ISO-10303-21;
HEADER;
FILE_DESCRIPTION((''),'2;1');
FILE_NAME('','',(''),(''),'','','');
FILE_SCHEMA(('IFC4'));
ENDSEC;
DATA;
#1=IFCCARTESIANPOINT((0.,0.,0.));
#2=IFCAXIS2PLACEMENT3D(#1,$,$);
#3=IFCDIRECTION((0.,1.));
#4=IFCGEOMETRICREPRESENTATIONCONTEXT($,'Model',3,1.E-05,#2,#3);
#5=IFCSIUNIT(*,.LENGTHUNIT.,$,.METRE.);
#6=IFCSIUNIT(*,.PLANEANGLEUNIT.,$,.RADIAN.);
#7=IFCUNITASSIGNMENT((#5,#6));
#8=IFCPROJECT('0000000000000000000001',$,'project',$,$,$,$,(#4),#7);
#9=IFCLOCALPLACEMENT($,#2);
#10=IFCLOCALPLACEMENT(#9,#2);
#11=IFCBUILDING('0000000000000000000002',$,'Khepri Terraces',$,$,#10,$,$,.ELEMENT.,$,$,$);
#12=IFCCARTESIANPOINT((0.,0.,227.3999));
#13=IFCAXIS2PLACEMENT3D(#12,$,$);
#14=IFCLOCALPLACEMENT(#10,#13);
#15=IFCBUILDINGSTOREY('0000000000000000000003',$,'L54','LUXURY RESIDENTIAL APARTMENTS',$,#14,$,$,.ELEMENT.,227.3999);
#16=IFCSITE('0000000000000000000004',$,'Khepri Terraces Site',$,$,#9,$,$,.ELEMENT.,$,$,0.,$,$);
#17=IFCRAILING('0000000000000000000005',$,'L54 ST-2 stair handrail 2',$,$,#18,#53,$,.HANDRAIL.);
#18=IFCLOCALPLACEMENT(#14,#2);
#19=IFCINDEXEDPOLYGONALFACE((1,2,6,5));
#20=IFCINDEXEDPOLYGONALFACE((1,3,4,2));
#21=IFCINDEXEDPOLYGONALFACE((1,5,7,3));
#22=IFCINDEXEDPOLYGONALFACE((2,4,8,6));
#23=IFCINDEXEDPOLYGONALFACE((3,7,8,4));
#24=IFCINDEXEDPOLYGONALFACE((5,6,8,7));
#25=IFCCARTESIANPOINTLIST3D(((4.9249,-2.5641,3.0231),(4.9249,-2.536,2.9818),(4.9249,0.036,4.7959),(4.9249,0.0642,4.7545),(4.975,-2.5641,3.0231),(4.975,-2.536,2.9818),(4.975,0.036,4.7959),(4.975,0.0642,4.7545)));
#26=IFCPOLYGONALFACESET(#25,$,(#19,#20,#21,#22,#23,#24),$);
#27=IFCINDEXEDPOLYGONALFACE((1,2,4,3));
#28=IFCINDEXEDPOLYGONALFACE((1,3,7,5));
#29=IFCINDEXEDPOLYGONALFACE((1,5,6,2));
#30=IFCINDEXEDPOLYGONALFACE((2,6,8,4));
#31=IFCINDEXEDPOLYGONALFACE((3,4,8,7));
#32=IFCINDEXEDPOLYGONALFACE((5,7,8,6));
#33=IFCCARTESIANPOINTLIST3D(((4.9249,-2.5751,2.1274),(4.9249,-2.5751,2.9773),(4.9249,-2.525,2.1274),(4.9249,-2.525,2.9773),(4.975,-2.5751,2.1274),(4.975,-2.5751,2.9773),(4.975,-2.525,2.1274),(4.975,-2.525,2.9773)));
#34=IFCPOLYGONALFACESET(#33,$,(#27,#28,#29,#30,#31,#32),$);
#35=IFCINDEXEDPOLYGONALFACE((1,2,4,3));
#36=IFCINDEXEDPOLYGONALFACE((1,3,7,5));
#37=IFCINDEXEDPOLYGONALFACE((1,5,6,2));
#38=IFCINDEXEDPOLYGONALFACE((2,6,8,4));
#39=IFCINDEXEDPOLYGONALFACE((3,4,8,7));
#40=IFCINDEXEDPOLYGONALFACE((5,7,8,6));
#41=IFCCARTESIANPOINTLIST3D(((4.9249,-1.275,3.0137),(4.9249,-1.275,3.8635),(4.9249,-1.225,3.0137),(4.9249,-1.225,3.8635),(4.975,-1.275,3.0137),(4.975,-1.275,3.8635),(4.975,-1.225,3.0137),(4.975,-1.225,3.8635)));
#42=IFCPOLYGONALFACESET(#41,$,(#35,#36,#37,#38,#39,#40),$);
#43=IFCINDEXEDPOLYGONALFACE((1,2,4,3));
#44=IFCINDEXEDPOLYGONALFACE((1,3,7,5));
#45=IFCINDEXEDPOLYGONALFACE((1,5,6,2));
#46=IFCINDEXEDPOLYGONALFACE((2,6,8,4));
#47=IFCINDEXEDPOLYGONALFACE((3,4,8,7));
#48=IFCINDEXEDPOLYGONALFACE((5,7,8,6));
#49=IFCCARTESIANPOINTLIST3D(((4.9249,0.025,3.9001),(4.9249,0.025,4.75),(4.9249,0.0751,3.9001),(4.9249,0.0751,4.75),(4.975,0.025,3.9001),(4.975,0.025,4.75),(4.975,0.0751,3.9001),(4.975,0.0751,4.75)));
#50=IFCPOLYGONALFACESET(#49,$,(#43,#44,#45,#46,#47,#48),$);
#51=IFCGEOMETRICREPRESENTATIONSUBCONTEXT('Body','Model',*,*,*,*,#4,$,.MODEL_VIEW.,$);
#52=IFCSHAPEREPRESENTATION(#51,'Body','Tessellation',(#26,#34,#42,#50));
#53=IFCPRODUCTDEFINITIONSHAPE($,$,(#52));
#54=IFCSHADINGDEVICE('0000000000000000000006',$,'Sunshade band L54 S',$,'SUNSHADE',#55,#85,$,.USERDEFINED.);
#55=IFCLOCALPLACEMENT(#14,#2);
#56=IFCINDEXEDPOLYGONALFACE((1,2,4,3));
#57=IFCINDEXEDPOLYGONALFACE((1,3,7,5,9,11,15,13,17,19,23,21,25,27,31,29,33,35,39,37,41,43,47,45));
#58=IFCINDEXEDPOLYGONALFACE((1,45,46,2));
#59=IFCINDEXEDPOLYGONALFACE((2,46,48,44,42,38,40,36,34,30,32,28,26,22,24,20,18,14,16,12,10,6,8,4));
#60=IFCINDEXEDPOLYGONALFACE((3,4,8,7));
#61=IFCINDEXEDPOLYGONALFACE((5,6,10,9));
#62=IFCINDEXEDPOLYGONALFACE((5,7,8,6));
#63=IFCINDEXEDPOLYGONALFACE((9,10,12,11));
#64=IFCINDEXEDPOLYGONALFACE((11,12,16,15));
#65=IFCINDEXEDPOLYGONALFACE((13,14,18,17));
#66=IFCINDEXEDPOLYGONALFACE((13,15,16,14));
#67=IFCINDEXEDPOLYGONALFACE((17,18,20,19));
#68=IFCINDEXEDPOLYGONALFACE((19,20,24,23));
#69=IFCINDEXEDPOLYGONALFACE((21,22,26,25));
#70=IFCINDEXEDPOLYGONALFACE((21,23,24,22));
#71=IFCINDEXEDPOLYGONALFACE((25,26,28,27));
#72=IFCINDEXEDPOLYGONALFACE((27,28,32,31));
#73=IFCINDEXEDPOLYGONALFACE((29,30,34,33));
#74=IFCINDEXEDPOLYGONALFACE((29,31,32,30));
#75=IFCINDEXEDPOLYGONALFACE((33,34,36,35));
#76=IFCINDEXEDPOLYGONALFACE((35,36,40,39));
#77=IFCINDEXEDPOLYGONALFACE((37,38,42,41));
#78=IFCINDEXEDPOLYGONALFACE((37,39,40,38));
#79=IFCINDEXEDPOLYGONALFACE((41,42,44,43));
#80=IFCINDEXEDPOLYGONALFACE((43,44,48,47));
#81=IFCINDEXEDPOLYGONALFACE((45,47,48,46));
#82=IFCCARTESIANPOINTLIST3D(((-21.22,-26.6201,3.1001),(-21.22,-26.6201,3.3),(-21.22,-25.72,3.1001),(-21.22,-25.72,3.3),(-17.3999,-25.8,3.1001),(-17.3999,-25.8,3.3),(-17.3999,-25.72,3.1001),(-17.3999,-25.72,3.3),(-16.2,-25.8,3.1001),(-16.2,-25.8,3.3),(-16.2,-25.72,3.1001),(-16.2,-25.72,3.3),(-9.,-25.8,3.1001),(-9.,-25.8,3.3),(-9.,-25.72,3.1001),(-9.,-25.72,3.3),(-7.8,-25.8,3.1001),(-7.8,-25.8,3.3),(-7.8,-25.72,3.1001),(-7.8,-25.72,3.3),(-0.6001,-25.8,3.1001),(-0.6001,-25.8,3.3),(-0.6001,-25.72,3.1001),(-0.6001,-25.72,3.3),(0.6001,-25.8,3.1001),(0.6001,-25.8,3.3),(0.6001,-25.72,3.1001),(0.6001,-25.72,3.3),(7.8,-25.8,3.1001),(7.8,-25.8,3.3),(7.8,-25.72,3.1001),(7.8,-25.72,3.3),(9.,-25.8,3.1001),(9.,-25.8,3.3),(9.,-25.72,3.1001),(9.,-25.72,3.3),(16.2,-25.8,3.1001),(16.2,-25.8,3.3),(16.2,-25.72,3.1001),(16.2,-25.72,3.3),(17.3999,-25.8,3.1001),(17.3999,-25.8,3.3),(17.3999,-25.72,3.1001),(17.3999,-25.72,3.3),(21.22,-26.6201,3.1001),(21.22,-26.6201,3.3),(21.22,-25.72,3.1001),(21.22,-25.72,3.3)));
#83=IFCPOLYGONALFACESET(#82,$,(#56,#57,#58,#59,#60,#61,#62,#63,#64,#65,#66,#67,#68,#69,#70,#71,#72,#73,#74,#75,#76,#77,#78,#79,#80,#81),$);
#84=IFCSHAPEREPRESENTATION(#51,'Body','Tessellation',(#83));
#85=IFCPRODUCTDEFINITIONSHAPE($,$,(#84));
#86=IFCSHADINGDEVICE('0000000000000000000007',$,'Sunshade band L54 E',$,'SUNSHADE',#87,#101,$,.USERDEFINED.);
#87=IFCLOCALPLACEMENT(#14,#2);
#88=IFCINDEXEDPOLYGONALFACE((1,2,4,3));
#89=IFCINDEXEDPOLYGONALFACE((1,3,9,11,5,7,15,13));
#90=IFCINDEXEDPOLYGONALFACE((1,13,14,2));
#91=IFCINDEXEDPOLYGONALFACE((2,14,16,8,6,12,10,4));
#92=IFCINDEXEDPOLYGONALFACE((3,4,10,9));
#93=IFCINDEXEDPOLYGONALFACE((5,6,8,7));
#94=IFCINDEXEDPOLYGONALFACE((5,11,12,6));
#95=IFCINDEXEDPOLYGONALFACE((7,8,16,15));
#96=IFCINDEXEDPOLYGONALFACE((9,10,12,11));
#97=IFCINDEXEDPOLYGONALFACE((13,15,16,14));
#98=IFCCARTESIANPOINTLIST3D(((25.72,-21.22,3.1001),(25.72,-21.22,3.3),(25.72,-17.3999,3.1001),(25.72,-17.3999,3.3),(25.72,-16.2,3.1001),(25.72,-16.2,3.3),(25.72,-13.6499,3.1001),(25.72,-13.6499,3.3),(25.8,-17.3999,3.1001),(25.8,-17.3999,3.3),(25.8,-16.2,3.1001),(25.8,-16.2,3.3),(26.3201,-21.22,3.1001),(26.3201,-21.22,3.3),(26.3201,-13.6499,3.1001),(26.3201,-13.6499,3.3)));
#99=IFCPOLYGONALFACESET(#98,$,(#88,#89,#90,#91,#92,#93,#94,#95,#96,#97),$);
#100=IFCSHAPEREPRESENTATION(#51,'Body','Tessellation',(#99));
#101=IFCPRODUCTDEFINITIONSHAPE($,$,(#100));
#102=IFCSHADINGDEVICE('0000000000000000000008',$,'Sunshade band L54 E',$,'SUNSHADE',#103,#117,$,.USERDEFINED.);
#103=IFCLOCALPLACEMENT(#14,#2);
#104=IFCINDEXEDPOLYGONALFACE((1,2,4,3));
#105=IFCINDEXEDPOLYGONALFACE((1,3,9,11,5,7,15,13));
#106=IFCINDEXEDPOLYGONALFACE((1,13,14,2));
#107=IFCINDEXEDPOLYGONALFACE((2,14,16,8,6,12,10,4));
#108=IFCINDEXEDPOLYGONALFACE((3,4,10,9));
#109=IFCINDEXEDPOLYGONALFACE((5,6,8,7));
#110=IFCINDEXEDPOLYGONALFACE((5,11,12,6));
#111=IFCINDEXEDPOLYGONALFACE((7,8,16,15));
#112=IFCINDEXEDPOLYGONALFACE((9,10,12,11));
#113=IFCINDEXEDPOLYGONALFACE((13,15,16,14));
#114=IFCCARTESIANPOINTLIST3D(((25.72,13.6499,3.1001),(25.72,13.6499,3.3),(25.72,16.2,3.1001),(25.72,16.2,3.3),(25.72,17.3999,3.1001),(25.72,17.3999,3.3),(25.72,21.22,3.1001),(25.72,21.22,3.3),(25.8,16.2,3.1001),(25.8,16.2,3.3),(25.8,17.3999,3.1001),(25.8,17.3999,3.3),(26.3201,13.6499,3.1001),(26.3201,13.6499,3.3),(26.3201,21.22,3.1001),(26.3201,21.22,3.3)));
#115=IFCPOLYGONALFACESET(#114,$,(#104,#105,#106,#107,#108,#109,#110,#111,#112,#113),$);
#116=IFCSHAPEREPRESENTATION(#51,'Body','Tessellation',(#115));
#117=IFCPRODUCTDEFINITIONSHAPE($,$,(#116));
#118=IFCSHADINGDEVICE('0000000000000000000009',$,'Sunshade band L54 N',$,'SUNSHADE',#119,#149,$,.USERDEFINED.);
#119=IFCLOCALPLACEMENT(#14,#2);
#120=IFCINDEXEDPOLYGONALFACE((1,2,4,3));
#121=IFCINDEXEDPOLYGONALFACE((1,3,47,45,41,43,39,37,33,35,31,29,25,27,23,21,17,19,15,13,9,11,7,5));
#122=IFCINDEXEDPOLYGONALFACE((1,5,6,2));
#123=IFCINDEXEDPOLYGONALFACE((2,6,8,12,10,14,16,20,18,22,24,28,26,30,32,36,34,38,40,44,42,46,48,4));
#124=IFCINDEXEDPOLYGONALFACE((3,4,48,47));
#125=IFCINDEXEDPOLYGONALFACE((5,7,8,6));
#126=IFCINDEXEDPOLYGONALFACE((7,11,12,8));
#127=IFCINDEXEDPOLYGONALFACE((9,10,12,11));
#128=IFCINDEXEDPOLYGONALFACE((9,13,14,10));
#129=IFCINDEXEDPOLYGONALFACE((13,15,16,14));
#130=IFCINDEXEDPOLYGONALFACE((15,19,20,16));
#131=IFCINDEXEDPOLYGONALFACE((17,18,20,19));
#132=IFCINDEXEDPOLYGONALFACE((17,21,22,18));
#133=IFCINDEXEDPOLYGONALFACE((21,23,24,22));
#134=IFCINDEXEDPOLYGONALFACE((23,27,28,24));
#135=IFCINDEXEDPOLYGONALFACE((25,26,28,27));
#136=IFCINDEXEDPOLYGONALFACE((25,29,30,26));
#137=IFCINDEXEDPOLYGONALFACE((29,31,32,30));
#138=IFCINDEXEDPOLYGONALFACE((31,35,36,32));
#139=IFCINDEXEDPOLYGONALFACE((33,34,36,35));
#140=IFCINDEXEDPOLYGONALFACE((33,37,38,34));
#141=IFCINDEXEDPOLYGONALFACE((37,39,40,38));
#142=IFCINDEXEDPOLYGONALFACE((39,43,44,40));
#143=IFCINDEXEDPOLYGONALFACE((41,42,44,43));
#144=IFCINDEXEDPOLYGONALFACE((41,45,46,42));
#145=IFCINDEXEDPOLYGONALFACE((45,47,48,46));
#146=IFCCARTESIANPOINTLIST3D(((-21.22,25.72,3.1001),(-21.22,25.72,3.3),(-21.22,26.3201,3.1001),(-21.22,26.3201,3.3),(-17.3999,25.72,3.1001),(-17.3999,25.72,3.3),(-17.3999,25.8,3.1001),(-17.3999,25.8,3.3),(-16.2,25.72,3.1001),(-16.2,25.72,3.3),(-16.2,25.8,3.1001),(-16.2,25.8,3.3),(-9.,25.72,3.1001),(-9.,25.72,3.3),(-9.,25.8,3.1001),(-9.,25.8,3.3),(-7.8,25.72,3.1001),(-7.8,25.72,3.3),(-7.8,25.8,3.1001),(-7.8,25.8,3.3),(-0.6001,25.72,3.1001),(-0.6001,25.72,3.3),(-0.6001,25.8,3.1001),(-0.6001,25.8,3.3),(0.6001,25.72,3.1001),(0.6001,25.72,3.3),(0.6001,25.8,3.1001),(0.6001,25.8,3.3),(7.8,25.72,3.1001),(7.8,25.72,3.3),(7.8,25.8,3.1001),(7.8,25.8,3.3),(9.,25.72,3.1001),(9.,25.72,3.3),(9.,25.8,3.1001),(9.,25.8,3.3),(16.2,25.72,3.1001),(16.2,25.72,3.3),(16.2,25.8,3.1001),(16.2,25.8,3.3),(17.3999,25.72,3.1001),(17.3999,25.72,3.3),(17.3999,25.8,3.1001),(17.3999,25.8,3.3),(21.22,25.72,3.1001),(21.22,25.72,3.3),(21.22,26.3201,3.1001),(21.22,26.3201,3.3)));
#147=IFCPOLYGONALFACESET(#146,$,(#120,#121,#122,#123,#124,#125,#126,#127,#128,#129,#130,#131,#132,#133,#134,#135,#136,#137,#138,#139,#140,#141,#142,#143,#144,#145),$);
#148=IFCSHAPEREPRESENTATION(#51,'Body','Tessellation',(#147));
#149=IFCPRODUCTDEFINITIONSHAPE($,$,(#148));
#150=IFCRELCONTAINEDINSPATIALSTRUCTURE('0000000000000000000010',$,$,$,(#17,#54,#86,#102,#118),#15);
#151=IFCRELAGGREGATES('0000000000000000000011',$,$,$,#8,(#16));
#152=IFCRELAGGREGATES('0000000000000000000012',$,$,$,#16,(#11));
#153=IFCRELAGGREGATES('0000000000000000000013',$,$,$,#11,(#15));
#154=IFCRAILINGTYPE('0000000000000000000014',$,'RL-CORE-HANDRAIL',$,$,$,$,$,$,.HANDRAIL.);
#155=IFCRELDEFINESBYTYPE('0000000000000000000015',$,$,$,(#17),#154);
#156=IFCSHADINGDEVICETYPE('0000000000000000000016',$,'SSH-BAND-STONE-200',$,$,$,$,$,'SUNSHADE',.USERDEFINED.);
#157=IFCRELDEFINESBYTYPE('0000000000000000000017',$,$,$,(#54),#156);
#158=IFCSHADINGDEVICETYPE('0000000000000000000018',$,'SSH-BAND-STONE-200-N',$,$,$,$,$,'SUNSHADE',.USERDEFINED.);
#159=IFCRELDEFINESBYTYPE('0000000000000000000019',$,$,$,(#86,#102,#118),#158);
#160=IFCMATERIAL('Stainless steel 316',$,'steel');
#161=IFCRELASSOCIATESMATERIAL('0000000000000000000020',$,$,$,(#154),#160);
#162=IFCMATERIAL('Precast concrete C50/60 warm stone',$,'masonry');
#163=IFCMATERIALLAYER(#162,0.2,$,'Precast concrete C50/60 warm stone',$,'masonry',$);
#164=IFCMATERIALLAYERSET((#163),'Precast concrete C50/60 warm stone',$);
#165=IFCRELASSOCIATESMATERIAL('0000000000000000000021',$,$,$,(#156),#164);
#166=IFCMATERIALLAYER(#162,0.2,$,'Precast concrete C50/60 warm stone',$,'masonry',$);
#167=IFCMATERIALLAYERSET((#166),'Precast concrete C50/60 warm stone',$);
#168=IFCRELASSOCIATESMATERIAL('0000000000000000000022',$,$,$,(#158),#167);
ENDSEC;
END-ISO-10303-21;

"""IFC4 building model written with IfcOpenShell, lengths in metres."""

from ifc_helpers import new_model, si_unit, direction, frame, origin, origin_2d, place, context, subcontext, project, spatial, polyline, rectangle, outline, extrude, material, layer, layer_set, type_object, element, save


model = new_model("IFC4")

# Units and contexts
model_context = context("Model", 3, precision=1e-05, world=origin(), true_north=direction((0.0, 1.0)))
body_context = subcontext(model_context, "Body", "Model", "MODEL_VIEW")
ifc_project = project(units=[si_unit("LENGTHUNIT", "METRE"), si_unit("PLANEANGLEUNIT", "RADIAN")], contexts=[model_context])

# Site, building, storey
site_placement = place(None, origin())
site = spatial("IfcSite", under=ifc_project, at=site_placement, Name="Khepri Terraces Site", CompositionType="ELEMENT", RefElevation=0.0)
building_placement = place(site_placement, origin())
building = spatial("IfcBuilding", under=site, at=building_placement, Name="Khepri Terraces", CompositionType="ELEMENT")
storey_placement = place(building_placement, frame((0.0, 0.0, 227.3999)))
storey = spatial("IfcBuildingStorey", under=building, at=storey_placement, Name="L54", Description="LUXURY RESIDENTIAL APARTMENTS", CompositionType="ELEMENT", Elevation=227.3999)

# Shared definitions
ifc_material_1 = material(Name="Precast concrete C50/60 warm stone", Category="masonry")

# Railing
ifc_material_2 = material(Name="Stainless steel 316", Category="steel")
railing_type_1 = type_object("IfcRailingType", Name="RL-CORE-HANDRAIL", PredefinedType="HANDRAIL", material=ifc_material_2)
railing_1_placement = place(storey_placement, frame((4.95, -2.55, 2.1274)))
element("IfcRailing", 1, at=railing_1_placement, inside=storey, type_object=railing_type_1, Name="L54 ST-2 stair handrail 2", PredefinedType="HANDRAIL", context=body_context, shape_type="SweptSolid", body=[
    extrude(rectangle(XDim=0.05, YDim=0.05, at=origin_2d()), frame((0.0, 0.0, 0.875), z_axis=(0.0, 0.82624, 0.563318), x_axis=(-1.0, 0.0, 0.0)), (0.0, 0.0, 1.0), 3.147),
    extrude(rectangle(XDim=0.05, YDim=0.05, at=origin_2d()), origin(), (0.0, 0.0, 1.0), 0.8499),
    extrude(rectangle(XDim=0.05, YDim=0.05, at=origin_2d()), frame((0.0, 1.3, 0.8862)), (0.0, 0.0, 1.0), 0.8499),
    extrude(rectangle(XDim=0.05, YDim=0.05, at=origin_2d()), frame((0.0, 2.6001, 1.7727)), (0.0, 0.0, 1.0), 0.8499),
])

# Shading devices
ifc_layer_1 = layer(ifc_material_1, 0.2, Name="Precast concrete C50/60 warm stone", Category="masonry")
ifc_layer_set_1 = layer_set([ifc_layer_1], Name="Precast concrete C50/60 warm stone")
shading_device_type_1 = type_object("IfcShadingDeviceType", Name="SSH-BAND-STONE-200", ElementType="SUNSHADE", PredefinedType="USERDEFINED", material=ifc_layer_set_1)
shading_device_1_placement = place(storey_placement, frame((0.0, 0.0, 3.1001)))
element("IfcShadingDevice", 2, at=shading_device_1_placement, inside=storey, type_object=shading_device_type_1, Name="Sunshade band L54 S", ObjectType="SUNSHADE", PredefinedType="USERDEFINED", context=body_context, shape_type="SweptSolid", body=[
    extrude(outline(polyline([(-17.3999, -25.72), (-21.22, -25.72), (-21.22, -26.6201), (21.22, -26.6201), (21.22, -25.72), (17.3999, -25.72), (17.3999, -25.8), (16.2, -25.8), (16.2, -25.72), (9.0, -25.72), (9.0, -25.8), (7.8, -25.8), (7.8, -25.72), (0.6001, -25.72), (0.6001, -25.8), (-0.6001, -25.8), (-0.6001, -25.72), (-7.8, -25.72), (-7.8, -25.8), (-9.0, -25.8), (-9.0, -25.72), (-16.2, -25.72), (-16.2, -25.8), (-17.3999, -25.8), (-17.3999, -25.72)])), origin(), (0.0, 0.0, 1.0), 0.2),
])
ifc_layer_2 = layer(ifc_material_1, 0.2, Name="Precast concrete C50/60 warm stone", Category="masonry")
ifc_layer_set_2 = layer_set([ifc_layer_2], Name="Precast concrete C50/60 warm stone")
shading_device_type_2 = type_object("IfcShadingDeviceType", Name="SSH-BAND-STONE-200-N", ElementType="SUNSHADE", PredefinedType="USERDEFINED", material=ifc_layer_set_2)
shading_device_2_placement = place(storey_placement, frame((0.0, 0.0, 3.1001)))
element("IfcShadingDevice", 3, at=shading_device_2_placement, inside=storey, type_object=shading_device_type_2, Name="Sunshade band L54 E", ObjectType="SUNSHADE", PredefinedType="USERDEFINED", context=body_context, shape_type="SweptSolid", body=[
    extrude(outline(polyline([(25.72, -17.3999), (25.72, -21.22), (26.3201, -21.22), (26.3201, -13.6499), (25.72, -13.6499), (25.72, -16.2), (25.8, -16.2), (25.8, -17.3999), (25.72, -17.3999)])), origin(), (0.0, 0.0, 1.0), 0.2),
])
shading_device_3_placement = place(storey_placement, frame((0.0, 0.0, 3.1001)))
element("IfcShadingDevice", 4, at=shading_device_3_placement, inside=storey, type_object=shading_device_type_2, Name="Sunshade band L54 E", ObjectType="SUNSHADE", PredefinedType="USERDEFINED", context=body_context, shape_type="SweptSolid", body=[
    extrude(outline(polyline([(25.72, 16.2), (25.72, 13.6499), (26.3201, 13.6499), (26.3201, 21.22), (25.72, 21.22), (25.72, 17.3999), (25.8, 17.3999), (25.8, 16.2), (25.72, 16.2)])), origin(), (0.0, 0.0, 1.0), 0.2),
])
shading_device_4_placement = place(storey_placement, frame((0.0, 0.0, 3.1001)))
element("IfcShadingDevice", 5, at=shading_device_4_placement, inside=storey, type_object=shading_device_type_2, Name="Sunshade band L54 N", ObjectType="SUNSHADE", PredefinedType="USERDEFINED", context=body_context, shape_type="SweptSolid", body=[
    extrude(outline(polyline([(17.3999, 25.72), (21.22, 25.72), (21.22, 26.3201), (-21.22, 26.3201), (-21.22, 25.72), (-17.3999, 25.72), (-17.3999, 25.8), (-16.2, 25.8), (-16.2, 25.72), (-9.0, 25.72), (-9.0, 25.8), (-7.8, 25.8), (-7.8, 25.72), (-0.6001, 25.72), (-0.6001, 25.8), (0.6001, 25.8), (0.6001, 25.72), (7.8, 25.72), (7.8, 25.8), (9.0, 25.8), (9.0, 25.72), (16.2, 25.72), (16.2, 25.8), (17.3999, 25.8), (17.3999, 25.72)])), origin(), (0.0, 0.0, 1.0), 0.2),
])

save(model, "model.ifc")
